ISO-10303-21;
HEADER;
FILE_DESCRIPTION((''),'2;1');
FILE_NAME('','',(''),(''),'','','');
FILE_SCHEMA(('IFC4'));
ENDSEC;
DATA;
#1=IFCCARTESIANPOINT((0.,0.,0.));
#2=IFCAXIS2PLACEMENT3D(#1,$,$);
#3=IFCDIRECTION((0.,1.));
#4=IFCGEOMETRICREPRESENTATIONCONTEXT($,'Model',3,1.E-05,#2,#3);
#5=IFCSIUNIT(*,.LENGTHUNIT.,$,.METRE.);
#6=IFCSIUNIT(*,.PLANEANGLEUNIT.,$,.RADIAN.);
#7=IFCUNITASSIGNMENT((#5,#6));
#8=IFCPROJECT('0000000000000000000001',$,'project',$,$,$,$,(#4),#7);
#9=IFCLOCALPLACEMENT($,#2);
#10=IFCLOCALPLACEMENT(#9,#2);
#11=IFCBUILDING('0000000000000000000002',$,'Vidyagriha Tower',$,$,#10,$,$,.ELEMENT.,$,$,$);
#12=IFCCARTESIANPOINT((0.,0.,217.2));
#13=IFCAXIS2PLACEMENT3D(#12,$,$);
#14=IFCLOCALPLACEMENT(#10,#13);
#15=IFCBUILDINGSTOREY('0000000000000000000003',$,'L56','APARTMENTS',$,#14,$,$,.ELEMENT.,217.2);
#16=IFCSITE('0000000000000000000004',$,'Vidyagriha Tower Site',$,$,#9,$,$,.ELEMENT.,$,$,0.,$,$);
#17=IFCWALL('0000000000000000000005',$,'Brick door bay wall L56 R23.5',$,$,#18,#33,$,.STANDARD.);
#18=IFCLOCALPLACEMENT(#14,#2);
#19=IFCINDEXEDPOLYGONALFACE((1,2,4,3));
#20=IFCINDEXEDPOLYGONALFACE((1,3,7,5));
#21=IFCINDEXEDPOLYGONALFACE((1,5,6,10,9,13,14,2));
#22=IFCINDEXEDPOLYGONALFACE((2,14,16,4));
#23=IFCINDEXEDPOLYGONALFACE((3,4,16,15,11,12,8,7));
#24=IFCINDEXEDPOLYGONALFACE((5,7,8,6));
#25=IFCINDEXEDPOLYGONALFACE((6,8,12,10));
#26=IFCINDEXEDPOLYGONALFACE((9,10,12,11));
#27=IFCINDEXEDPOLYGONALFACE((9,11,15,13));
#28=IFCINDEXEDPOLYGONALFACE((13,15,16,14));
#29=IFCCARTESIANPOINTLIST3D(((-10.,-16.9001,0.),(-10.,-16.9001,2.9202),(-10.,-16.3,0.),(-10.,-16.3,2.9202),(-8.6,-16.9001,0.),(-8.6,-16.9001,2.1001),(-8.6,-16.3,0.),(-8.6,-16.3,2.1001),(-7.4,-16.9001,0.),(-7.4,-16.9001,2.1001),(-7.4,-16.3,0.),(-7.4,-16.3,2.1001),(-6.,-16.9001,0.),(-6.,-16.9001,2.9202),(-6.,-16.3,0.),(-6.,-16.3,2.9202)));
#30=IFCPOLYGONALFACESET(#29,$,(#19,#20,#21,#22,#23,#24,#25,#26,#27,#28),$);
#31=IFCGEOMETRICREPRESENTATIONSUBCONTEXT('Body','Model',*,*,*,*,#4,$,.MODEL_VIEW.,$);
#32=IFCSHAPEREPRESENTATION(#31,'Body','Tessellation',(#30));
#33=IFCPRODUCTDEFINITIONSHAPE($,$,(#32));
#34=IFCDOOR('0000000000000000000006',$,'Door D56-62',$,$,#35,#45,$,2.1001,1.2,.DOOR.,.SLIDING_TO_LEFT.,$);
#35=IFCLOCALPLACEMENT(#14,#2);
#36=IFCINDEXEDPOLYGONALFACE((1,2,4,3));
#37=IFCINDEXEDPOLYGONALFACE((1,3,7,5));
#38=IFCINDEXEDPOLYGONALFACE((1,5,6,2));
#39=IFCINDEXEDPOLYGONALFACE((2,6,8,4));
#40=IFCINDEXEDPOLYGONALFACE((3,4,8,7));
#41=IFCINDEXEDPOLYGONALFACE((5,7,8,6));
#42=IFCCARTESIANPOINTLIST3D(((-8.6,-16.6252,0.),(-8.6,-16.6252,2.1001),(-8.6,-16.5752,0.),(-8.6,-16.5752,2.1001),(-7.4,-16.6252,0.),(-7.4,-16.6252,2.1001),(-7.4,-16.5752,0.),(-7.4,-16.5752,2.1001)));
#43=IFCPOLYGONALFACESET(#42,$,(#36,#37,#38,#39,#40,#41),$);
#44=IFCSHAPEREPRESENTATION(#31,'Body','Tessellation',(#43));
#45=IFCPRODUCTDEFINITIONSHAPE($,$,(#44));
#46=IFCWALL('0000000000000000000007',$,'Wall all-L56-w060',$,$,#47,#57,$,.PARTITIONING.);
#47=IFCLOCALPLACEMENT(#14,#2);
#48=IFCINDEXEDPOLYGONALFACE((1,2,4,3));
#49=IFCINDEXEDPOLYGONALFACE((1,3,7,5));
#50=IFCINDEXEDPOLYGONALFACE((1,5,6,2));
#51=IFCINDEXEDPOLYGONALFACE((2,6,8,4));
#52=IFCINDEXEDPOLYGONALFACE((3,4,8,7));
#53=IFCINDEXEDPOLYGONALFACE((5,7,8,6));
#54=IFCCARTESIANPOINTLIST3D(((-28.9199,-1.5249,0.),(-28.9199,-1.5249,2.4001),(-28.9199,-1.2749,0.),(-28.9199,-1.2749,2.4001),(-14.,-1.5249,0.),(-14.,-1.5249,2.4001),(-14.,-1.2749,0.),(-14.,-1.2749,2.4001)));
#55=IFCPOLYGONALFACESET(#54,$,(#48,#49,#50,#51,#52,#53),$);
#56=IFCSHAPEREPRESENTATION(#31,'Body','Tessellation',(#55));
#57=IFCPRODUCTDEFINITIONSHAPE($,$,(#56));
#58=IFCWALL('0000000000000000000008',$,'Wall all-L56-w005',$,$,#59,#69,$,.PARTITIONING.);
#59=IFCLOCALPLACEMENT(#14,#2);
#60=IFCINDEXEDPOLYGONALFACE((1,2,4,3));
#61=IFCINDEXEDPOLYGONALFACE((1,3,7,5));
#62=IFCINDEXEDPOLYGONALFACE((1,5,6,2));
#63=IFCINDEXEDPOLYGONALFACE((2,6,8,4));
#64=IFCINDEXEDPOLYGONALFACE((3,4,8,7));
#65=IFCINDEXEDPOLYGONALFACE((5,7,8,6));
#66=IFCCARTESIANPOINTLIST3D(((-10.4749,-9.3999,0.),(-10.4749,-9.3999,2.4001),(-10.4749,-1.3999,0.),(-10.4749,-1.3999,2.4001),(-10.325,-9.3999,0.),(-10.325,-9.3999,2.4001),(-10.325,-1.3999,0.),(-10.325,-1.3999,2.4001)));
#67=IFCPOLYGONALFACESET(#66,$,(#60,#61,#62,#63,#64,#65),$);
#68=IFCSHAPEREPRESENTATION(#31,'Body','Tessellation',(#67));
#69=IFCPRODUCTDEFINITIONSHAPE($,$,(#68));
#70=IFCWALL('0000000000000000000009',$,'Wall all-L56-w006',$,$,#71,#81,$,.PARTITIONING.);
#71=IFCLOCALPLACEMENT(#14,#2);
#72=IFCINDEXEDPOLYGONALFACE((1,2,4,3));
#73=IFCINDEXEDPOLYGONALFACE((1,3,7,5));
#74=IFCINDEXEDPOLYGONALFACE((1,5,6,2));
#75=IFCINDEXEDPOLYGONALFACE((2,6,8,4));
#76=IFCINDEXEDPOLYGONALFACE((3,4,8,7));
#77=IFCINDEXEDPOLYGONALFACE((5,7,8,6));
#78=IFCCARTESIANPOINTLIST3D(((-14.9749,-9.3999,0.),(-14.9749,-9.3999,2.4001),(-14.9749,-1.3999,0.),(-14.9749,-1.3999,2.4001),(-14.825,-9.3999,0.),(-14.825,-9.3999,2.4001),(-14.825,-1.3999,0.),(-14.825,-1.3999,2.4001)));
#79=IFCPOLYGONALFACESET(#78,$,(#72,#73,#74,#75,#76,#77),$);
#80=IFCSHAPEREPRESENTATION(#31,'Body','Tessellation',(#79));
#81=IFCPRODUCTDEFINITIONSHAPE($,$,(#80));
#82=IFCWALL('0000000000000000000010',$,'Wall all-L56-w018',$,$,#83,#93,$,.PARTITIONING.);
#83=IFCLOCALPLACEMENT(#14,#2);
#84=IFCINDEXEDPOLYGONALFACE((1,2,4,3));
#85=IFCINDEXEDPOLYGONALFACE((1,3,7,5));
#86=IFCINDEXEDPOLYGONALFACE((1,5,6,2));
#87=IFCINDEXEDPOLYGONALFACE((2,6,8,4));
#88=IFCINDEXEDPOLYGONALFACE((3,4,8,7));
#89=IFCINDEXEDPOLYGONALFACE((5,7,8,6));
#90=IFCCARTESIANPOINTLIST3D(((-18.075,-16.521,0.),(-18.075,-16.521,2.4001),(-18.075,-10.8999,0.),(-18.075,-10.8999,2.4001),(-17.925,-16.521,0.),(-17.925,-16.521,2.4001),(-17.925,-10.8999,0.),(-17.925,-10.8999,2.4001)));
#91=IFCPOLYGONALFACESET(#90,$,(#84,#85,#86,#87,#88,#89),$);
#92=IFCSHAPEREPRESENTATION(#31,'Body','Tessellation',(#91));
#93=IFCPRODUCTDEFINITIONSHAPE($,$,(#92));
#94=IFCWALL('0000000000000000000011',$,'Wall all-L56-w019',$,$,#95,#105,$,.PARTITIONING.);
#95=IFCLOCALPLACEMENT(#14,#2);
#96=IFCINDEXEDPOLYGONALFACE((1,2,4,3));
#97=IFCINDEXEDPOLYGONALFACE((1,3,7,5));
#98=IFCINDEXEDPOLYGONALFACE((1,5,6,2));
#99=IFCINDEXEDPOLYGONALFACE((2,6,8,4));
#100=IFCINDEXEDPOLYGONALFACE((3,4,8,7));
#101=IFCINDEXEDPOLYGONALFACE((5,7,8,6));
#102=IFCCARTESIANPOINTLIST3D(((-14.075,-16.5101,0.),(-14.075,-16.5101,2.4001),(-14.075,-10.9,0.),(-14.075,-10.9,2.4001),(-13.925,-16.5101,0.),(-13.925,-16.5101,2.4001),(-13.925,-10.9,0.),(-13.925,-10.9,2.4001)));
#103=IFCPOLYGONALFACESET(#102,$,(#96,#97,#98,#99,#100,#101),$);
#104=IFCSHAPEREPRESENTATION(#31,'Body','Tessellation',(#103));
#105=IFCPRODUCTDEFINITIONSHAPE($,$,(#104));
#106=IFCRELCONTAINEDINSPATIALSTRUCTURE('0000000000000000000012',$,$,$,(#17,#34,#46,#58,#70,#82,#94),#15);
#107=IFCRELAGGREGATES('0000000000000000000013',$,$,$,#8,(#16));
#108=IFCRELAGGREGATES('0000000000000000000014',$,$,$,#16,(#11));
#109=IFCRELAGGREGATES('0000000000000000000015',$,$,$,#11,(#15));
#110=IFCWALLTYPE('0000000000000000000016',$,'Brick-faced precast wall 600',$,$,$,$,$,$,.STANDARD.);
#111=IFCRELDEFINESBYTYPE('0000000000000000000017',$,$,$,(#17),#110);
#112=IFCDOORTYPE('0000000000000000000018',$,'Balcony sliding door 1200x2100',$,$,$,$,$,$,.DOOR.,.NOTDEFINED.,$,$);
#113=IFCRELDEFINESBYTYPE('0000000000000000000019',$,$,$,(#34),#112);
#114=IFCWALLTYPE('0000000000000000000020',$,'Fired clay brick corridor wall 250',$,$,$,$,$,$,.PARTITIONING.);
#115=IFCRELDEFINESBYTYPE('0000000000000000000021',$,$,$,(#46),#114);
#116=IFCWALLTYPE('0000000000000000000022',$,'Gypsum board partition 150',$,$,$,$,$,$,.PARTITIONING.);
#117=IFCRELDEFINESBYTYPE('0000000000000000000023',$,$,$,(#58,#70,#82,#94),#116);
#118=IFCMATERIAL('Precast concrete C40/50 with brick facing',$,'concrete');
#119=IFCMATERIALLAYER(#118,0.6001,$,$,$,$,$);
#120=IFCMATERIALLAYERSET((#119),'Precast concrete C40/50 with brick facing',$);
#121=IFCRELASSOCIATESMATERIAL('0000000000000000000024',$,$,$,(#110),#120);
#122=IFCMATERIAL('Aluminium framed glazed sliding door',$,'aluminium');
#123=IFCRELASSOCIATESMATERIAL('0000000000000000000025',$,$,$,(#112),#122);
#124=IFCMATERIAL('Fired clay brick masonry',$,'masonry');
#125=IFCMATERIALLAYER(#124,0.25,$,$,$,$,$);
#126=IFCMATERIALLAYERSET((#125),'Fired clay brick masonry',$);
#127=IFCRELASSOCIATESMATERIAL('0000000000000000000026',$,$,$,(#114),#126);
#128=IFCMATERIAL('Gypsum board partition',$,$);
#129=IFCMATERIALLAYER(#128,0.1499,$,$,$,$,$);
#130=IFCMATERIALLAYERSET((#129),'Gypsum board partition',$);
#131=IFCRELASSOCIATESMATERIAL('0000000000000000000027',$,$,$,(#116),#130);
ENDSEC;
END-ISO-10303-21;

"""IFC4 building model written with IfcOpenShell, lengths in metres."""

from ifc_helpers import new_model, si_unit, direction, frame, frame_2d, origin, place, context, subcontext, project, spatial, rectangle, extrude, material, layer, layer_set, type_object, element, fill, save


model = new_model("IFC4")

# Units and contexts
model_context = context("Model", 3, precision=1e-05, world=origin(), true_north=direction((0.0, 1.0)))
body_context = subcontext(model_context, "Body", "Model", "MODEL_VIEW")
ifc_project = project(units=[si_unit("LENGTHUNIT", "METRE"), si_unit("PLANEANGLEUNIT", "RADIAN")], contexts=[model_context])

# Site, building, storey
site_placement = place(None, origin())
site = spatial("IfcSite", under=ifc_project, at=site_placement, Name="Vidyagriha Tower Site", CompositionType="ELEMENT", RefElevation=0.0)
building_placement = place(site_placement, origin())
building = spatial("IfcBuilding", under=site, at=building_placement, Name="Vidyagriha Tower", CompositionType="ELEMENT")
storey_placement = place(building_placement, frame((0.0, 0.0, 217.2)))
storey = spatial("IfcBuildingStorey", under=building, at=storey_placement, Name="L56", Description="APARTMENTS", CompositionType="ELEMENT", Elevation=217.2)

# Wall, opening, door
ifc_material_1 = material(Name="Precast concrete C40/50 with brick facing", Category="concrete")
ifc_layer_1 = layer(ifc_material_1, 0.6001)
ifc_layer_set_1 = layer_set([ifc_layer_1], Name="Precast concrete C40/50 with brick facing")
wall_type_1 = type_object("IfcWallType", Name="Brick-faced precast wall 600", PredefinedType="STANDARD", material=ifc_layer_set_1)
ifc_material_2 = material(Name="Aluminium framed glazed sliding door", Category="aluminium")
door_type = type_object("IfcDoorType", Name="Balcony sliding door 1200x2100", OperationType="NOTDEFINED", PredefinedType="DOOR", material=ifc_material_2)
wall_1_placement = place(storey_placement, frame((-10.0, -16.6001, 0.0)))
wall_1 = element("IfcWall", 1, at=wall_1_placement, inside=storey, type_object=wall_type_1, Name="Brick door bay wall L56 R23.5", PredefinedType="STANDARD", context=body_context, shape_type="SweptSolid", body=[
    extrude(rectangle(XDim=4.0, YDim=0.6001, at=frame_2d((2.0, 0.0))), origin(), (0.0, 0.0, 1.0), 2.9202),
])
opening_1_placement = place(wall_1_placement, frame((1.3999, 0.0, 0.0)))
opening_1 = element("IfcOpeningElement", 2, at=opening_1_placement, cuts=wall_1, PredefinedType="OPENING", context=body_context, shape_type="SweptSolid", body=[
    extrude(rectangle(XDim=1.2, YDim=2.1001, at=frame_2d((0.6001, 1.05))), frame((0.0, 0.3101, 0.0), z_axis=(0.0, -1.0, 0.0), x_axis=(1.0, 0.0, 0.0)), (0.0, 0.0, 1.0), 0.6201),
])
door_1_placement = place(opening_1_placement, origin())
door_1 = element("IfcDoor", 3, at=door_1_placement, inside=storey, type_object=door_type, Name="Door D56-62", OperationType="SLIDING_TO_LEFT", OverallHeight=2.1001, OverallWidth=1.2, PredefinedType="DOOR", context=body_context, shape_type="SweptSolid", body=[
    extrude(rectangle(XDim=1.2, YDim=2.1001, at=frame_2d((0.6001, 1.05))), frame((0.0, 0.0249, 0.0), z_axis=(0.0, -1.0, 0.0), x_axis=(1.0, 0.0, 0.0)), (0.0, 0.0, 1.0), 0.05),
])
fill(opening_1, door_1)

# Walls
ifc_material_3 = material(Name="Fired clay brick masonry", Category="masonry")
ifc_layer_2 = layer(ifc_material_3, 0.25)
ifc_layer_set_2 = layer_set([ifc_layer_2], Name="Fired clay brick masonry")
wall_type_2 = type_object("IfcWallType", Name="Fired clay brick corridor wall 250", PredefinedType="PARTITIONING", material=ifc_layer_set_2)
wall_2_placement = place(storey_placement, frame((-14.0, -1.3999, 0.0), z_axis=(0.0, 0.0, 1.0), x_axis=(-1.0, 0.0, 0.0)))
element("IfcWall", 4, at=wall_2_placement, inside=storey, type_object=wall_type_2, Name="Wall all-L56-w060", PredefinedType="PARTITIONING", context=body_context, shape_type="SweptSolid", body=[
    extrude(rectangle(XDim=14.9199, YDim=0.25, at=frame_2d((7.46, 0.0))), origin(), (0.0, 0.0, 1.0), 2.4001),
])
ifc_material_4 = material(Name="Gypsum board partition")
ifc_layer_3 = layer(ifc_material_4, 0.1499)
ifc_layer_set_3 = layer_set([ifc_layer_3], Name="Gypsum board partition")
wall_type_3 = type_object("IfcWallType", Name="Gypsum board partition 150", PredefinedType="PARTITIONING", material=ifc_layer_set_3)
for number, where, z_axis, x_axis, name in (
    (5, (-10.3999, -9.3999, 0.0), (0.0, 0.0, 1.0), (0.0, 1.0, 0.0), "Wall all-L56-w005"),
    (6, (-14.8999, -9.3999, 0.0), (0.0, 0.0, 1.0), (0.0, 1.0, 0.0), "Wall all-L56-w006"),
):
    element("IfcWall", number, at=place(storey_placement, frame(where, z_axis=z_axis, x_axis=x_axis)), inside=storey, type_object=wall_type_3, Name=name, PredefinedType="PARTITIONING", context=body_context, shape_type="SweptSolid", body=[
        extrude(rectangle(XDim=8.0, YDim=0.1499, at=frame_2d((4.0, 0.0))), origin(), (0.0, 0.0, 1.0), 2.4001),
    ])
wall_3_placement = place(storey_placement, frame((-18.0, -10.8999, 0.0), z_axis=(0.0, 0.0, 1.0), x_axis=(0.0, -1.0, 0.0)))
element("IfcWall", 7, at=wall_3_placement, inside=storey, type_object=wall_type_3, Name="Wall all-L56-w018", PredefinedType="PARTITIONING", context=body_context, shape_type="SweptSolid", body=[
    extrude(rectangle(XDim=5.6211, YDim=0.1499, at=frame_2d((2.8105, 0.0))), origin(), (0.0, 0.0, 1.0), 2.4001),
])
wall_4_placement = place(storey_placement, frame((-14.0, -10.8999, 0.0), z_axis=(0.0, 0.0, 1.0), x_axis=(0.0, -1.0, 0.0)))
element("IfcWall", 8, at=wall_4_placement, inside=storey, type_object=wall_type_3, Name="Wall all-L56-w019", PredefinedType="PARTITIONING", context=body_context, shape_type="SweptSolid", body=[
    extrude(rectangle(XDim=5.6101, YDim=0.1499, at=frame_2d((2.8052, 0.0))), origin(), (0.0, 0.0, 1.0), 2.4001),
])

save(model, "model.ifc")
